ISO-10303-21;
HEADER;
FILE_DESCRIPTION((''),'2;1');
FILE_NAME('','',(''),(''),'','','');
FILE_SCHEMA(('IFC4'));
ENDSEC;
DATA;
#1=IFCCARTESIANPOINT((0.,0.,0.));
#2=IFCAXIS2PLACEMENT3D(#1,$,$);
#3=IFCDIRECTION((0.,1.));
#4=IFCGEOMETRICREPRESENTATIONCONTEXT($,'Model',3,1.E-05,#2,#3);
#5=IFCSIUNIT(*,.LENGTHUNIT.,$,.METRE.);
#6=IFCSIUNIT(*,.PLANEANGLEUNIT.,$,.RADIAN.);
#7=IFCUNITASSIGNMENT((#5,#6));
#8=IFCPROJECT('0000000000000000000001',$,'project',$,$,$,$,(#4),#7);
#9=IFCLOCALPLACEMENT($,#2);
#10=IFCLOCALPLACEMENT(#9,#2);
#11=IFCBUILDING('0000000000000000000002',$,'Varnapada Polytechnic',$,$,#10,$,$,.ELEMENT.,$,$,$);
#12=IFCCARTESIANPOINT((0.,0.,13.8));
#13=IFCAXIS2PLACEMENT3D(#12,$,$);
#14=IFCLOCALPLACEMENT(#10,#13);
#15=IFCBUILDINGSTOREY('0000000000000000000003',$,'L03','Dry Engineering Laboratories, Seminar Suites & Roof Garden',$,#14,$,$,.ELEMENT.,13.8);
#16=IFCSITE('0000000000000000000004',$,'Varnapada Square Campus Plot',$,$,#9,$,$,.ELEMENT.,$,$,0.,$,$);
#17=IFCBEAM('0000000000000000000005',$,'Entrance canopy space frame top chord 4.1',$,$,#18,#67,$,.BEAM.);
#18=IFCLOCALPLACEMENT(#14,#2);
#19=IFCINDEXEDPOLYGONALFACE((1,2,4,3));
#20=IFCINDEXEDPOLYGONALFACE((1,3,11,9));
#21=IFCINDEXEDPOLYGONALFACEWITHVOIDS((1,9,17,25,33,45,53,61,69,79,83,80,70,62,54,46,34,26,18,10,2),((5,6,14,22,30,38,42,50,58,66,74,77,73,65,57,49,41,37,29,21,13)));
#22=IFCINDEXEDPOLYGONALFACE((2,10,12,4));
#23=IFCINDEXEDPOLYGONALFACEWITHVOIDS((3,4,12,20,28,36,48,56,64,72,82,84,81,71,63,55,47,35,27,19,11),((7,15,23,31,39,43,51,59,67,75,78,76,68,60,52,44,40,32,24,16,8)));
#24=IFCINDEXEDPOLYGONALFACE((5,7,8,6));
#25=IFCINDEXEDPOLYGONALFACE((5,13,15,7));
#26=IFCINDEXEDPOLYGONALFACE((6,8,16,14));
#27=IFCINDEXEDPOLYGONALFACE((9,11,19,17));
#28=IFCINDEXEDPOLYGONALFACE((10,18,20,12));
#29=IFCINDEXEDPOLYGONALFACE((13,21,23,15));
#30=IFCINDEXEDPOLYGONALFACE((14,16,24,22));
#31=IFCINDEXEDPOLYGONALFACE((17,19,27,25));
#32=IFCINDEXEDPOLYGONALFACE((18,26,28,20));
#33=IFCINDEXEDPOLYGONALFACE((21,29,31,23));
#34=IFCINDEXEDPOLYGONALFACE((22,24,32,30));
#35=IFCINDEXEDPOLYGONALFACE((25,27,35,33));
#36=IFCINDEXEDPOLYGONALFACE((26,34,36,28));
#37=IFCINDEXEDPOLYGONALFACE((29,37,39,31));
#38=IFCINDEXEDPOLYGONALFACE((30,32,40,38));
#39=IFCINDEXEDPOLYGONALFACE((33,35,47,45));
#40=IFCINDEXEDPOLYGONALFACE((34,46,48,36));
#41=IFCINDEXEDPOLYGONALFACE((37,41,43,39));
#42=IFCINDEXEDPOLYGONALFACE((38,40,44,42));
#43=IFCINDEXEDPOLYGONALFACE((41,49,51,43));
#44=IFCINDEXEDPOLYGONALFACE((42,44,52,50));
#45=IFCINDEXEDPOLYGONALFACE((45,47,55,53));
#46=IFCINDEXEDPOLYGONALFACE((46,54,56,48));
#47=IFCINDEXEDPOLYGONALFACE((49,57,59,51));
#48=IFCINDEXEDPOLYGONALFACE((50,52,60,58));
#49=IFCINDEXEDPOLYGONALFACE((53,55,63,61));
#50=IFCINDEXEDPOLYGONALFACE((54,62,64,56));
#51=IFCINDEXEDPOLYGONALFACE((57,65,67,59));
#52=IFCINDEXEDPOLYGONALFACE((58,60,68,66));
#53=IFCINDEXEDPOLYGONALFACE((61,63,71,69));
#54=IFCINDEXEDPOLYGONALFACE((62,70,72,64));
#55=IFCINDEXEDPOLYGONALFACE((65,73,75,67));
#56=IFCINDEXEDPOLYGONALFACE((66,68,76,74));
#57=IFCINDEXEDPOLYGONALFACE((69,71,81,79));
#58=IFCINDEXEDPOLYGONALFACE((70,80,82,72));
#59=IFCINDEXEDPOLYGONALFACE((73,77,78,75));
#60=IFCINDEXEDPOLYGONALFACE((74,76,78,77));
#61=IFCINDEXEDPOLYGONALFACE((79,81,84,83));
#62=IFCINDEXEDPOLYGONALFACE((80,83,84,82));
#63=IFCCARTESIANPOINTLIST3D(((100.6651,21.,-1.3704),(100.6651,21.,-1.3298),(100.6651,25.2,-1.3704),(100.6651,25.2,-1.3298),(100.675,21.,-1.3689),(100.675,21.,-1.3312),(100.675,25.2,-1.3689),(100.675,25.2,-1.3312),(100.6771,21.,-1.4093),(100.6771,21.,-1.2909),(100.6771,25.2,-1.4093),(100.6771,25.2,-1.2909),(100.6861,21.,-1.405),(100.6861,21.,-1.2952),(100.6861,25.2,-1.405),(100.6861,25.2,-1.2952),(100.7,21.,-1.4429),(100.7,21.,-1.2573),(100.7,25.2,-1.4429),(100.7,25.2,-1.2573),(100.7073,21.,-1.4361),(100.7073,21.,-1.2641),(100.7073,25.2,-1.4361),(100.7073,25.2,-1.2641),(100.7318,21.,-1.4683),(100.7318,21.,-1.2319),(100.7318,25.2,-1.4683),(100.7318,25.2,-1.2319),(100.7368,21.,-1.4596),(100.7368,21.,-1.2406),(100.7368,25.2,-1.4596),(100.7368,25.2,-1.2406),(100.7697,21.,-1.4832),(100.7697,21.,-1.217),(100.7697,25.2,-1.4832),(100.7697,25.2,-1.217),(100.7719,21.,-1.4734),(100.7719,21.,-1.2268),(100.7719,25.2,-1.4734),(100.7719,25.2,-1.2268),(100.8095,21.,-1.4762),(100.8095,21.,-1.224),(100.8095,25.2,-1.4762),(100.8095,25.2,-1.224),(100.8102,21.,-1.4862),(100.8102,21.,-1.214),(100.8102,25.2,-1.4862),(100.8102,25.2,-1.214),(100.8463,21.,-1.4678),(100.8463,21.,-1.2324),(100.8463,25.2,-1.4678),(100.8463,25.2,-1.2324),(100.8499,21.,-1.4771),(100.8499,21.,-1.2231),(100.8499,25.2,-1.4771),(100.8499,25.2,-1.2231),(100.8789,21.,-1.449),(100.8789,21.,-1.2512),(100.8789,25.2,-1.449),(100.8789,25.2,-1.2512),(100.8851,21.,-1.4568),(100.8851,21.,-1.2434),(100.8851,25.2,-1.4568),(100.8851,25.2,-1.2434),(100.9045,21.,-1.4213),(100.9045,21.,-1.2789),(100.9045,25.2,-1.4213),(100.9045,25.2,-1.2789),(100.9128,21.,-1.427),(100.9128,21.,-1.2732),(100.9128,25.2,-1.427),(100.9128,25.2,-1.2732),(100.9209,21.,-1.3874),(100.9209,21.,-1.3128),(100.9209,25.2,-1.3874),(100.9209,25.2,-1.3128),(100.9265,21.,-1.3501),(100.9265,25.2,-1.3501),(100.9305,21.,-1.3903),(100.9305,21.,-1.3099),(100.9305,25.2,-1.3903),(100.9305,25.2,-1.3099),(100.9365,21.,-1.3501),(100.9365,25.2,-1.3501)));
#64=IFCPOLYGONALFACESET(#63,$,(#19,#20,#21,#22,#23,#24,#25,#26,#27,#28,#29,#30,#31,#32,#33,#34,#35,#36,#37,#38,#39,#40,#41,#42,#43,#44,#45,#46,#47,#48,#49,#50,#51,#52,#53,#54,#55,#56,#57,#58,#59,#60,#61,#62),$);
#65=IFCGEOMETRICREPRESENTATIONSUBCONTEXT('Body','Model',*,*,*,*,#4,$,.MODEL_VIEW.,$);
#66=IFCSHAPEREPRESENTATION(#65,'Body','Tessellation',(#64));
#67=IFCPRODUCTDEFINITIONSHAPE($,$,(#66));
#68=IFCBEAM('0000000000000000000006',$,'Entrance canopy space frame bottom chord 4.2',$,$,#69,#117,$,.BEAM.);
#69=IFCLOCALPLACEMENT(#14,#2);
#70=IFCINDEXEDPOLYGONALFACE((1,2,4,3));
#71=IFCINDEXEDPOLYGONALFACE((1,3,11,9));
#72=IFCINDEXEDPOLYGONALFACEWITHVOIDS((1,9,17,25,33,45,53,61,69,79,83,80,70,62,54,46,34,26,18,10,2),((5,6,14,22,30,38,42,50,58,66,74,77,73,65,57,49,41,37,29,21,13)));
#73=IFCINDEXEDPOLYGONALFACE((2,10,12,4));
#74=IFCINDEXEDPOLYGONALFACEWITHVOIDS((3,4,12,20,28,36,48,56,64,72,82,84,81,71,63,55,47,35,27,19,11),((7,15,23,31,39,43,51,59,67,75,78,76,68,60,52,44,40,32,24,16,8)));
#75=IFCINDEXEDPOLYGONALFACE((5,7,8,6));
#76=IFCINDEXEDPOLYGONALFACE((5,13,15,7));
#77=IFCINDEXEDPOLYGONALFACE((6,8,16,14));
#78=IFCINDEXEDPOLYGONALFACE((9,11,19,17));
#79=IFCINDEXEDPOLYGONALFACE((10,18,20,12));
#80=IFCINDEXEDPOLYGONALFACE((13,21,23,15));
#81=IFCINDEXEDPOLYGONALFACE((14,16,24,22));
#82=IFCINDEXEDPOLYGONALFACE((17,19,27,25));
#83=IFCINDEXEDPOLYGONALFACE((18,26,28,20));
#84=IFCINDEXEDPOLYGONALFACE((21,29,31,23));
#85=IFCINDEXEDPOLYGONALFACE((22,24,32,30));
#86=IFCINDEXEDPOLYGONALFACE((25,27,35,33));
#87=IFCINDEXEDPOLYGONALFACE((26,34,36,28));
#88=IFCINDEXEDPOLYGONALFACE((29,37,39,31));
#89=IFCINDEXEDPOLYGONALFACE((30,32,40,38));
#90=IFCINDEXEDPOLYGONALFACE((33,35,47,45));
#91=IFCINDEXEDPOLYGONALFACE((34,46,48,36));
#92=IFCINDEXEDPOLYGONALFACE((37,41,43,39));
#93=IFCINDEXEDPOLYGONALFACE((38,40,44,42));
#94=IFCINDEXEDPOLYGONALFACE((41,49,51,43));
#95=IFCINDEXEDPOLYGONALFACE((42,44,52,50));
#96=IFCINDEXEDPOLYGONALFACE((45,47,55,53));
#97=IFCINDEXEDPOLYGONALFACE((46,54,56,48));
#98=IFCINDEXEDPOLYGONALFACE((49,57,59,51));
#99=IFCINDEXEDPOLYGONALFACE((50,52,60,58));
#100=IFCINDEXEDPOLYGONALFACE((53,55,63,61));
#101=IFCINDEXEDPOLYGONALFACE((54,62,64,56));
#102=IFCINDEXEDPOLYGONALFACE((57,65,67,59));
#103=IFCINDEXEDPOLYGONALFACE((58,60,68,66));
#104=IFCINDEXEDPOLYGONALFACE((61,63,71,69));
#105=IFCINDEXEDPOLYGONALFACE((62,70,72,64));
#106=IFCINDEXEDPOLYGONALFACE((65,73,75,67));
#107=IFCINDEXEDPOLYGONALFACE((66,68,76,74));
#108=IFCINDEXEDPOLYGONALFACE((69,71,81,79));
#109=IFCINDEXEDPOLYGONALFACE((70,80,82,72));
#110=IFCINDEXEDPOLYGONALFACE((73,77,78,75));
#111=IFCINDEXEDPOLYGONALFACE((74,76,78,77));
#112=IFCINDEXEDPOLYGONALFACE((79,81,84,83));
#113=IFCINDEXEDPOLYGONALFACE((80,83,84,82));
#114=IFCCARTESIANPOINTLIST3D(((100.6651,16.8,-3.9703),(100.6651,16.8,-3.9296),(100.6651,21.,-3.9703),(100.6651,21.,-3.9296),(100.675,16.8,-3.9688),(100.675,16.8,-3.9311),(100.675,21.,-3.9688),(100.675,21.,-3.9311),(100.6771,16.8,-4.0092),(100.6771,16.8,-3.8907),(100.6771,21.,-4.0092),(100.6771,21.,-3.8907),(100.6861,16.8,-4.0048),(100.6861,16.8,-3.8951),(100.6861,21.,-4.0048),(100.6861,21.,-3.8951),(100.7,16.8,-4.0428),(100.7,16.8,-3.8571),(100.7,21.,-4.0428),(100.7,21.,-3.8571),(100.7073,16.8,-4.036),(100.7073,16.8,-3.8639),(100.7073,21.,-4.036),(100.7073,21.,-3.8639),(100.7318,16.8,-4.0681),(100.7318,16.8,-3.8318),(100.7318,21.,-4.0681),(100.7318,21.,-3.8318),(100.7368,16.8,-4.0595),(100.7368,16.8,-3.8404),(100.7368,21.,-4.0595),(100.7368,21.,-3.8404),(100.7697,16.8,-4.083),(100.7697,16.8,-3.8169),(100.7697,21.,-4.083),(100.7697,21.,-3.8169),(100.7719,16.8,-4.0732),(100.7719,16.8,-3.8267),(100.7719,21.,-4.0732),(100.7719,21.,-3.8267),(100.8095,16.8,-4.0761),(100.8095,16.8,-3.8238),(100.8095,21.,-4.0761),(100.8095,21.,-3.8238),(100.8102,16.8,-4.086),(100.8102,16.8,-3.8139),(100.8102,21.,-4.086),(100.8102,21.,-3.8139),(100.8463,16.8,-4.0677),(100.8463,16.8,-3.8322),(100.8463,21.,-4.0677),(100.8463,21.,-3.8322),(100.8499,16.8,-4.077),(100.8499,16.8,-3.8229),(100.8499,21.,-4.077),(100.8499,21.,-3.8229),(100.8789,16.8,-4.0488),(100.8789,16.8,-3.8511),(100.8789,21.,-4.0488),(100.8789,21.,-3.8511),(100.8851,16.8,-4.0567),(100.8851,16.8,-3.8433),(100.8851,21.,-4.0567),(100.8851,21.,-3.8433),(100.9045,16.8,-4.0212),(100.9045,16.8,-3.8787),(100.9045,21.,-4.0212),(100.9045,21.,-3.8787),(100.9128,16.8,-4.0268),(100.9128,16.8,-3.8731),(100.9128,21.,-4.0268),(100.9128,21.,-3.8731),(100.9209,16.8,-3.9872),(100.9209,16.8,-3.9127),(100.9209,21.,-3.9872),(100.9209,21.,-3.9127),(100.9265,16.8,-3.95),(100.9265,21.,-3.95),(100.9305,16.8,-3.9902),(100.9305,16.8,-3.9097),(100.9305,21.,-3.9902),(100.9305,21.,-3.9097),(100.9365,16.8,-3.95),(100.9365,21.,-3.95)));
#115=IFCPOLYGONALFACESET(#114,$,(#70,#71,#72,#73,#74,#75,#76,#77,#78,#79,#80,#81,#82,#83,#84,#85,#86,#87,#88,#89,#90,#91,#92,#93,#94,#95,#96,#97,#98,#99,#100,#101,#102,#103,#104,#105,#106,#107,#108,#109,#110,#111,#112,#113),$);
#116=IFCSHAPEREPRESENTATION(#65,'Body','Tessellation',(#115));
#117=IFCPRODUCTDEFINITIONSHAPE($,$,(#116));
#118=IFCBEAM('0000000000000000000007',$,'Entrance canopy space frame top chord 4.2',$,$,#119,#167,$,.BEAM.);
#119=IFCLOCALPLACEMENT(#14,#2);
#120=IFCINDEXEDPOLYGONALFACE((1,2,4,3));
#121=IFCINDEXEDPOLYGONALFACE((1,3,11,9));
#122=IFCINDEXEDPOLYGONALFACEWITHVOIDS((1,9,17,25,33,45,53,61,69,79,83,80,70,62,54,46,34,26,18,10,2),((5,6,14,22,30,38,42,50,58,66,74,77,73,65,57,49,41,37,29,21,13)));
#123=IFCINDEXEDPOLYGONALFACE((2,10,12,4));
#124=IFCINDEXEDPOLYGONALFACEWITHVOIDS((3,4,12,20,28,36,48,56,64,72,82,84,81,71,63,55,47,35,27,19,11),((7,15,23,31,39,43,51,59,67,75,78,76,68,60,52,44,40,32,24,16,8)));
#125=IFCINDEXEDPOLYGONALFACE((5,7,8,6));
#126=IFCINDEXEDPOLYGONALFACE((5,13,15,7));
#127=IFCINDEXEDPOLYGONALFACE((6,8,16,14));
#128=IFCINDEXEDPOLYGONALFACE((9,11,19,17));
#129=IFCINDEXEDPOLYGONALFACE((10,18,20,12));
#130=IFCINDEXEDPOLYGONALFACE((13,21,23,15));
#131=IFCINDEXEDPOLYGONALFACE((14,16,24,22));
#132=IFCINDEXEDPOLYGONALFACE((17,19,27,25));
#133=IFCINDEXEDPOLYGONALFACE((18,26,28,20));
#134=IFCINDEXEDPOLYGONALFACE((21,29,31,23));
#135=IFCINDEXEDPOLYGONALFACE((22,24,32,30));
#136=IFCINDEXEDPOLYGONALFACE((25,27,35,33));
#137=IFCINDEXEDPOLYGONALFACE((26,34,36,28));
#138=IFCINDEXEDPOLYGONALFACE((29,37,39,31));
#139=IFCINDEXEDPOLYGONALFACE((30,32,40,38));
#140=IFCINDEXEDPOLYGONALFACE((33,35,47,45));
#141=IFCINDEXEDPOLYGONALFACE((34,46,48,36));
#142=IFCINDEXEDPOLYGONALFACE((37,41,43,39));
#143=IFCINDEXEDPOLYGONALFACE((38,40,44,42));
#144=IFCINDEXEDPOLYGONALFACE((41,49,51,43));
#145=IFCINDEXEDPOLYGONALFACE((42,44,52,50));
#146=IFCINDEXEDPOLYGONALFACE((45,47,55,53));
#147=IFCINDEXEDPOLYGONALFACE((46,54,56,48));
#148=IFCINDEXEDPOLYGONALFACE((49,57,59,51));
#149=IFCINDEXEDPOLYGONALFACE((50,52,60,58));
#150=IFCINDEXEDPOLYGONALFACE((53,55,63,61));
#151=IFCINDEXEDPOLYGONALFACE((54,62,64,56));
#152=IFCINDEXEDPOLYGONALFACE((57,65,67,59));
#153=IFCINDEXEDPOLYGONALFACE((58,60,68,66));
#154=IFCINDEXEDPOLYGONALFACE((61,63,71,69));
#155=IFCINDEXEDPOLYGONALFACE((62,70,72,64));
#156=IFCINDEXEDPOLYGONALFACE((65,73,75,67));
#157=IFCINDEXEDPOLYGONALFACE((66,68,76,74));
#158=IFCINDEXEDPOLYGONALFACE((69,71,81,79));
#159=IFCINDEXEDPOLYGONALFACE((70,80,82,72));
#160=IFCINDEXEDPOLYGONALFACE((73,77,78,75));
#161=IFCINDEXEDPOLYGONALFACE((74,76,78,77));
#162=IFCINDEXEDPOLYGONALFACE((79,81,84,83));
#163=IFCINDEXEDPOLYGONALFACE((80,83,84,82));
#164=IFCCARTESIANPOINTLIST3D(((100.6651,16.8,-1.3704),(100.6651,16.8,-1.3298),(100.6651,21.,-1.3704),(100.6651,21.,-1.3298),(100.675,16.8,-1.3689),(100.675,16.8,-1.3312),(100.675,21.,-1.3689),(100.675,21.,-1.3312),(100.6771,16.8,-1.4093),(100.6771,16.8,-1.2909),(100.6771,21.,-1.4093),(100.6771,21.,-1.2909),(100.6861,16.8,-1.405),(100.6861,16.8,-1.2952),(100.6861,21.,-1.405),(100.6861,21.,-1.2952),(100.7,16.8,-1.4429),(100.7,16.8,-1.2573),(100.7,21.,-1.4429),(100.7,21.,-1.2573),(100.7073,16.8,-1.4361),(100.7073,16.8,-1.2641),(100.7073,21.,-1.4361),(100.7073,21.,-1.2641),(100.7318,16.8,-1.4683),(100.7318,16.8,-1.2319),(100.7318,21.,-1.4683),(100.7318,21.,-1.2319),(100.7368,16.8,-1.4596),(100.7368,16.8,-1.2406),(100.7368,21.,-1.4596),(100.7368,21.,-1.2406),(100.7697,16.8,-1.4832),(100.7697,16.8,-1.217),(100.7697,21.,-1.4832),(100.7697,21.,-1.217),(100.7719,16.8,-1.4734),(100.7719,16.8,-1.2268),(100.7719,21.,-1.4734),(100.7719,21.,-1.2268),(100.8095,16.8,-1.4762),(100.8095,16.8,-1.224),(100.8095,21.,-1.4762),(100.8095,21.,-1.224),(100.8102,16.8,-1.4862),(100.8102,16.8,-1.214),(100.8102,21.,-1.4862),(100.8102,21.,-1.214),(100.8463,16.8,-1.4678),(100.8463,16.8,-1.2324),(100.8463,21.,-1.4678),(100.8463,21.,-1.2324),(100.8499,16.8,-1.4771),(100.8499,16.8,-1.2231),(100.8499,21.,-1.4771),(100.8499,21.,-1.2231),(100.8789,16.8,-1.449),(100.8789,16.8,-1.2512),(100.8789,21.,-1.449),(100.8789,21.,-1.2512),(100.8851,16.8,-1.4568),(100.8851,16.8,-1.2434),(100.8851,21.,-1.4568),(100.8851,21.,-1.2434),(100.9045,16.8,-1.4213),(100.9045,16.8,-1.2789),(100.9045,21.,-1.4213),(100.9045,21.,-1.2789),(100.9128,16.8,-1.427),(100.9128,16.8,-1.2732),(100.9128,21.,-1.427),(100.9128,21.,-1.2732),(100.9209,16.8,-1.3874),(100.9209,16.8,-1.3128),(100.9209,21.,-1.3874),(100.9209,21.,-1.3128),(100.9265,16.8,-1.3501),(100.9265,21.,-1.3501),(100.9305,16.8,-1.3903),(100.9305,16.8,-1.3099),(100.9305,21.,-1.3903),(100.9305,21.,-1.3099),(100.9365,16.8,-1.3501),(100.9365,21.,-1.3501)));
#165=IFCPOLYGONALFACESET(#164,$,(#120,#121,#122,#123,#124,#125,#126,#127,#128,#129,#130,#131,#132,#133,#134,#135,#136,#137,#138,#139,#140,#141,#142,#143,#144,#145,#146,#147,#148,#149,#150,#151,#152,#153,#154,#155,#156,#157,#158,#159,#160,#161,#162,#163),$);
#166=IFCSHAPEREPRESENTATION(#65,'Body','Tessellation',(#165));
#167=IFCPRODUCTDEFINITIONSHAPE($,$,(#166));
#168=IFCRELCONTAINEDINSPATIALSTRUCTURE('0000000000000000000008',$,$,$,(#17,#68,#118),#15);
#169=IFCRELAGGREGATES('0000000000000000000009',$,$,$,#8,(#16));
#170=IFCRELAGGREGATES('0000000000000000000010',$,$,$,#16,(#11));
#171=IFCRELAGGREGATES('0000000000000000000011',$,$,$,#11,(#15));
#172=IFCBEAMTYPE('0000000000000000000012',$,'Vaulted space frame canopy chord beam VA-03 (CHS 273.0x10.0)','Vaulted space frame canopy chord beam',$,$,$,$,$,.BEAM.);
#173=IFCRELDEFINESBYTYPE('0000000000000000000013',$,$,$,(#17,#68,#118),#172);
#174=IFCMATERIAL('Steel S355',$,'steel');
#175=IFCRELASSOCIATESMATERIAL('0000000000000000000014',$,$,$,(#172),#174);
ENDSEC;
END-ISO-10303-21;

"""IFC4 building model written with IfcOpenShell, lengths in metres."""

from ifc_helpers import new_model, si_unit, direction, frame, origin, origin_2d, place, context, subcontext, project, spatial, hollow_circle, extrude, material, material_profile, profile_set, type_object, element, save


model = new_model("IFC4")

# Units and contexts
model_context = context("Model", 3, precision=1e-05, world=origin(), true_north=direction((0.0, 1.0)))
body_context = subcontext(model_context, "Body", "Model", "MODEL_VIEW")
ifc_project = project(units=[si_unit("LENGTHUNIT", "METRE"), si_unit("PLANEANGLEUNIT", "RADIAN")], contexts=[model_context])

# Site, building, storey
site_placement = place(None, origin())
site = spatial("IfcSite", under=ifc_project, at=site_placement, Name="Varnapada Square Campus Plot", CompositionType="ELEMENT", RefElevation=0.0)
building_placement = place(site_placement, origin())
building = spatial("IfcBuilding", under=site, at=building_placement, Name="Varnapada Polytechnic", CompositionType="ELEMENT")
storey_placement = place(building_placement, frame((0.0, 0.0, 13.8)))
storey = spatial("IfcBuildingStorey", under=building, at=storey_placement, Name="L03", Description="Dry Engineering Laboratories, Seminar Suites & Roof Garden", CompositionType="ELEMENT", Elevation=13.8)

# Shared definitions
ifc_material = material(Name="Steel S355", Category="steel")

# Beams
ifc_material_profile_1 = material_profile(ifc_material, hollow_circle(Radius=0.1365, WallThickness=0.01, at=origin_2d()), Name="CHS 273.0x10.0")
ifc_profile_set_1 = profile_set([ifc_material_profile_1], Name="Steel S355")
beam_type = type_object("IfcBeamType", Name="Vaulted space frame canopy chord beam VA-03 (CHS 273.0x10.0)", Description="Vaulted space frame canopy chord beam", PredefinedType="BEAM", material=ifc_profile_set_1)
for number, where, z_axis, x_axis, name in (
    (1, (100.8, 25.2, -1.3501), (0.0, -1.0, 0.0), (1.0, 0.0, 0.0), "Entrance canopy space frame top chord 4.1"),
    (2, (100.8, 21.0, -3.95), (0.0, -1.0, 0.0), (1.0, 0.0, 0.0), "Entrance canopy space frame bottom chord 4.2"),
    (3, (100.8, 21.0, -1.3501), (0.0, -1.0, 0.0), (1.0, 0.0, 0.0), "Entrance canopy space frame top chord 4.2"),
):
    element("IfcBeam", number, at=place(storey_placement, frame(where, z_axis=z_axis, x_axis=x_axis)), inside=storey, type_object=beam_type, Name=name, PredefinedType="BEAM", context=body_context, shape_type="SweptSolid", body=[
        extrude(hollow_circle(Radius=0.1365, WallThickness=0.01, at=origin_2d()), origin(), (0.0, 0.0, 1.0), 4.2),
    ])

save(model, "model.ifc")
